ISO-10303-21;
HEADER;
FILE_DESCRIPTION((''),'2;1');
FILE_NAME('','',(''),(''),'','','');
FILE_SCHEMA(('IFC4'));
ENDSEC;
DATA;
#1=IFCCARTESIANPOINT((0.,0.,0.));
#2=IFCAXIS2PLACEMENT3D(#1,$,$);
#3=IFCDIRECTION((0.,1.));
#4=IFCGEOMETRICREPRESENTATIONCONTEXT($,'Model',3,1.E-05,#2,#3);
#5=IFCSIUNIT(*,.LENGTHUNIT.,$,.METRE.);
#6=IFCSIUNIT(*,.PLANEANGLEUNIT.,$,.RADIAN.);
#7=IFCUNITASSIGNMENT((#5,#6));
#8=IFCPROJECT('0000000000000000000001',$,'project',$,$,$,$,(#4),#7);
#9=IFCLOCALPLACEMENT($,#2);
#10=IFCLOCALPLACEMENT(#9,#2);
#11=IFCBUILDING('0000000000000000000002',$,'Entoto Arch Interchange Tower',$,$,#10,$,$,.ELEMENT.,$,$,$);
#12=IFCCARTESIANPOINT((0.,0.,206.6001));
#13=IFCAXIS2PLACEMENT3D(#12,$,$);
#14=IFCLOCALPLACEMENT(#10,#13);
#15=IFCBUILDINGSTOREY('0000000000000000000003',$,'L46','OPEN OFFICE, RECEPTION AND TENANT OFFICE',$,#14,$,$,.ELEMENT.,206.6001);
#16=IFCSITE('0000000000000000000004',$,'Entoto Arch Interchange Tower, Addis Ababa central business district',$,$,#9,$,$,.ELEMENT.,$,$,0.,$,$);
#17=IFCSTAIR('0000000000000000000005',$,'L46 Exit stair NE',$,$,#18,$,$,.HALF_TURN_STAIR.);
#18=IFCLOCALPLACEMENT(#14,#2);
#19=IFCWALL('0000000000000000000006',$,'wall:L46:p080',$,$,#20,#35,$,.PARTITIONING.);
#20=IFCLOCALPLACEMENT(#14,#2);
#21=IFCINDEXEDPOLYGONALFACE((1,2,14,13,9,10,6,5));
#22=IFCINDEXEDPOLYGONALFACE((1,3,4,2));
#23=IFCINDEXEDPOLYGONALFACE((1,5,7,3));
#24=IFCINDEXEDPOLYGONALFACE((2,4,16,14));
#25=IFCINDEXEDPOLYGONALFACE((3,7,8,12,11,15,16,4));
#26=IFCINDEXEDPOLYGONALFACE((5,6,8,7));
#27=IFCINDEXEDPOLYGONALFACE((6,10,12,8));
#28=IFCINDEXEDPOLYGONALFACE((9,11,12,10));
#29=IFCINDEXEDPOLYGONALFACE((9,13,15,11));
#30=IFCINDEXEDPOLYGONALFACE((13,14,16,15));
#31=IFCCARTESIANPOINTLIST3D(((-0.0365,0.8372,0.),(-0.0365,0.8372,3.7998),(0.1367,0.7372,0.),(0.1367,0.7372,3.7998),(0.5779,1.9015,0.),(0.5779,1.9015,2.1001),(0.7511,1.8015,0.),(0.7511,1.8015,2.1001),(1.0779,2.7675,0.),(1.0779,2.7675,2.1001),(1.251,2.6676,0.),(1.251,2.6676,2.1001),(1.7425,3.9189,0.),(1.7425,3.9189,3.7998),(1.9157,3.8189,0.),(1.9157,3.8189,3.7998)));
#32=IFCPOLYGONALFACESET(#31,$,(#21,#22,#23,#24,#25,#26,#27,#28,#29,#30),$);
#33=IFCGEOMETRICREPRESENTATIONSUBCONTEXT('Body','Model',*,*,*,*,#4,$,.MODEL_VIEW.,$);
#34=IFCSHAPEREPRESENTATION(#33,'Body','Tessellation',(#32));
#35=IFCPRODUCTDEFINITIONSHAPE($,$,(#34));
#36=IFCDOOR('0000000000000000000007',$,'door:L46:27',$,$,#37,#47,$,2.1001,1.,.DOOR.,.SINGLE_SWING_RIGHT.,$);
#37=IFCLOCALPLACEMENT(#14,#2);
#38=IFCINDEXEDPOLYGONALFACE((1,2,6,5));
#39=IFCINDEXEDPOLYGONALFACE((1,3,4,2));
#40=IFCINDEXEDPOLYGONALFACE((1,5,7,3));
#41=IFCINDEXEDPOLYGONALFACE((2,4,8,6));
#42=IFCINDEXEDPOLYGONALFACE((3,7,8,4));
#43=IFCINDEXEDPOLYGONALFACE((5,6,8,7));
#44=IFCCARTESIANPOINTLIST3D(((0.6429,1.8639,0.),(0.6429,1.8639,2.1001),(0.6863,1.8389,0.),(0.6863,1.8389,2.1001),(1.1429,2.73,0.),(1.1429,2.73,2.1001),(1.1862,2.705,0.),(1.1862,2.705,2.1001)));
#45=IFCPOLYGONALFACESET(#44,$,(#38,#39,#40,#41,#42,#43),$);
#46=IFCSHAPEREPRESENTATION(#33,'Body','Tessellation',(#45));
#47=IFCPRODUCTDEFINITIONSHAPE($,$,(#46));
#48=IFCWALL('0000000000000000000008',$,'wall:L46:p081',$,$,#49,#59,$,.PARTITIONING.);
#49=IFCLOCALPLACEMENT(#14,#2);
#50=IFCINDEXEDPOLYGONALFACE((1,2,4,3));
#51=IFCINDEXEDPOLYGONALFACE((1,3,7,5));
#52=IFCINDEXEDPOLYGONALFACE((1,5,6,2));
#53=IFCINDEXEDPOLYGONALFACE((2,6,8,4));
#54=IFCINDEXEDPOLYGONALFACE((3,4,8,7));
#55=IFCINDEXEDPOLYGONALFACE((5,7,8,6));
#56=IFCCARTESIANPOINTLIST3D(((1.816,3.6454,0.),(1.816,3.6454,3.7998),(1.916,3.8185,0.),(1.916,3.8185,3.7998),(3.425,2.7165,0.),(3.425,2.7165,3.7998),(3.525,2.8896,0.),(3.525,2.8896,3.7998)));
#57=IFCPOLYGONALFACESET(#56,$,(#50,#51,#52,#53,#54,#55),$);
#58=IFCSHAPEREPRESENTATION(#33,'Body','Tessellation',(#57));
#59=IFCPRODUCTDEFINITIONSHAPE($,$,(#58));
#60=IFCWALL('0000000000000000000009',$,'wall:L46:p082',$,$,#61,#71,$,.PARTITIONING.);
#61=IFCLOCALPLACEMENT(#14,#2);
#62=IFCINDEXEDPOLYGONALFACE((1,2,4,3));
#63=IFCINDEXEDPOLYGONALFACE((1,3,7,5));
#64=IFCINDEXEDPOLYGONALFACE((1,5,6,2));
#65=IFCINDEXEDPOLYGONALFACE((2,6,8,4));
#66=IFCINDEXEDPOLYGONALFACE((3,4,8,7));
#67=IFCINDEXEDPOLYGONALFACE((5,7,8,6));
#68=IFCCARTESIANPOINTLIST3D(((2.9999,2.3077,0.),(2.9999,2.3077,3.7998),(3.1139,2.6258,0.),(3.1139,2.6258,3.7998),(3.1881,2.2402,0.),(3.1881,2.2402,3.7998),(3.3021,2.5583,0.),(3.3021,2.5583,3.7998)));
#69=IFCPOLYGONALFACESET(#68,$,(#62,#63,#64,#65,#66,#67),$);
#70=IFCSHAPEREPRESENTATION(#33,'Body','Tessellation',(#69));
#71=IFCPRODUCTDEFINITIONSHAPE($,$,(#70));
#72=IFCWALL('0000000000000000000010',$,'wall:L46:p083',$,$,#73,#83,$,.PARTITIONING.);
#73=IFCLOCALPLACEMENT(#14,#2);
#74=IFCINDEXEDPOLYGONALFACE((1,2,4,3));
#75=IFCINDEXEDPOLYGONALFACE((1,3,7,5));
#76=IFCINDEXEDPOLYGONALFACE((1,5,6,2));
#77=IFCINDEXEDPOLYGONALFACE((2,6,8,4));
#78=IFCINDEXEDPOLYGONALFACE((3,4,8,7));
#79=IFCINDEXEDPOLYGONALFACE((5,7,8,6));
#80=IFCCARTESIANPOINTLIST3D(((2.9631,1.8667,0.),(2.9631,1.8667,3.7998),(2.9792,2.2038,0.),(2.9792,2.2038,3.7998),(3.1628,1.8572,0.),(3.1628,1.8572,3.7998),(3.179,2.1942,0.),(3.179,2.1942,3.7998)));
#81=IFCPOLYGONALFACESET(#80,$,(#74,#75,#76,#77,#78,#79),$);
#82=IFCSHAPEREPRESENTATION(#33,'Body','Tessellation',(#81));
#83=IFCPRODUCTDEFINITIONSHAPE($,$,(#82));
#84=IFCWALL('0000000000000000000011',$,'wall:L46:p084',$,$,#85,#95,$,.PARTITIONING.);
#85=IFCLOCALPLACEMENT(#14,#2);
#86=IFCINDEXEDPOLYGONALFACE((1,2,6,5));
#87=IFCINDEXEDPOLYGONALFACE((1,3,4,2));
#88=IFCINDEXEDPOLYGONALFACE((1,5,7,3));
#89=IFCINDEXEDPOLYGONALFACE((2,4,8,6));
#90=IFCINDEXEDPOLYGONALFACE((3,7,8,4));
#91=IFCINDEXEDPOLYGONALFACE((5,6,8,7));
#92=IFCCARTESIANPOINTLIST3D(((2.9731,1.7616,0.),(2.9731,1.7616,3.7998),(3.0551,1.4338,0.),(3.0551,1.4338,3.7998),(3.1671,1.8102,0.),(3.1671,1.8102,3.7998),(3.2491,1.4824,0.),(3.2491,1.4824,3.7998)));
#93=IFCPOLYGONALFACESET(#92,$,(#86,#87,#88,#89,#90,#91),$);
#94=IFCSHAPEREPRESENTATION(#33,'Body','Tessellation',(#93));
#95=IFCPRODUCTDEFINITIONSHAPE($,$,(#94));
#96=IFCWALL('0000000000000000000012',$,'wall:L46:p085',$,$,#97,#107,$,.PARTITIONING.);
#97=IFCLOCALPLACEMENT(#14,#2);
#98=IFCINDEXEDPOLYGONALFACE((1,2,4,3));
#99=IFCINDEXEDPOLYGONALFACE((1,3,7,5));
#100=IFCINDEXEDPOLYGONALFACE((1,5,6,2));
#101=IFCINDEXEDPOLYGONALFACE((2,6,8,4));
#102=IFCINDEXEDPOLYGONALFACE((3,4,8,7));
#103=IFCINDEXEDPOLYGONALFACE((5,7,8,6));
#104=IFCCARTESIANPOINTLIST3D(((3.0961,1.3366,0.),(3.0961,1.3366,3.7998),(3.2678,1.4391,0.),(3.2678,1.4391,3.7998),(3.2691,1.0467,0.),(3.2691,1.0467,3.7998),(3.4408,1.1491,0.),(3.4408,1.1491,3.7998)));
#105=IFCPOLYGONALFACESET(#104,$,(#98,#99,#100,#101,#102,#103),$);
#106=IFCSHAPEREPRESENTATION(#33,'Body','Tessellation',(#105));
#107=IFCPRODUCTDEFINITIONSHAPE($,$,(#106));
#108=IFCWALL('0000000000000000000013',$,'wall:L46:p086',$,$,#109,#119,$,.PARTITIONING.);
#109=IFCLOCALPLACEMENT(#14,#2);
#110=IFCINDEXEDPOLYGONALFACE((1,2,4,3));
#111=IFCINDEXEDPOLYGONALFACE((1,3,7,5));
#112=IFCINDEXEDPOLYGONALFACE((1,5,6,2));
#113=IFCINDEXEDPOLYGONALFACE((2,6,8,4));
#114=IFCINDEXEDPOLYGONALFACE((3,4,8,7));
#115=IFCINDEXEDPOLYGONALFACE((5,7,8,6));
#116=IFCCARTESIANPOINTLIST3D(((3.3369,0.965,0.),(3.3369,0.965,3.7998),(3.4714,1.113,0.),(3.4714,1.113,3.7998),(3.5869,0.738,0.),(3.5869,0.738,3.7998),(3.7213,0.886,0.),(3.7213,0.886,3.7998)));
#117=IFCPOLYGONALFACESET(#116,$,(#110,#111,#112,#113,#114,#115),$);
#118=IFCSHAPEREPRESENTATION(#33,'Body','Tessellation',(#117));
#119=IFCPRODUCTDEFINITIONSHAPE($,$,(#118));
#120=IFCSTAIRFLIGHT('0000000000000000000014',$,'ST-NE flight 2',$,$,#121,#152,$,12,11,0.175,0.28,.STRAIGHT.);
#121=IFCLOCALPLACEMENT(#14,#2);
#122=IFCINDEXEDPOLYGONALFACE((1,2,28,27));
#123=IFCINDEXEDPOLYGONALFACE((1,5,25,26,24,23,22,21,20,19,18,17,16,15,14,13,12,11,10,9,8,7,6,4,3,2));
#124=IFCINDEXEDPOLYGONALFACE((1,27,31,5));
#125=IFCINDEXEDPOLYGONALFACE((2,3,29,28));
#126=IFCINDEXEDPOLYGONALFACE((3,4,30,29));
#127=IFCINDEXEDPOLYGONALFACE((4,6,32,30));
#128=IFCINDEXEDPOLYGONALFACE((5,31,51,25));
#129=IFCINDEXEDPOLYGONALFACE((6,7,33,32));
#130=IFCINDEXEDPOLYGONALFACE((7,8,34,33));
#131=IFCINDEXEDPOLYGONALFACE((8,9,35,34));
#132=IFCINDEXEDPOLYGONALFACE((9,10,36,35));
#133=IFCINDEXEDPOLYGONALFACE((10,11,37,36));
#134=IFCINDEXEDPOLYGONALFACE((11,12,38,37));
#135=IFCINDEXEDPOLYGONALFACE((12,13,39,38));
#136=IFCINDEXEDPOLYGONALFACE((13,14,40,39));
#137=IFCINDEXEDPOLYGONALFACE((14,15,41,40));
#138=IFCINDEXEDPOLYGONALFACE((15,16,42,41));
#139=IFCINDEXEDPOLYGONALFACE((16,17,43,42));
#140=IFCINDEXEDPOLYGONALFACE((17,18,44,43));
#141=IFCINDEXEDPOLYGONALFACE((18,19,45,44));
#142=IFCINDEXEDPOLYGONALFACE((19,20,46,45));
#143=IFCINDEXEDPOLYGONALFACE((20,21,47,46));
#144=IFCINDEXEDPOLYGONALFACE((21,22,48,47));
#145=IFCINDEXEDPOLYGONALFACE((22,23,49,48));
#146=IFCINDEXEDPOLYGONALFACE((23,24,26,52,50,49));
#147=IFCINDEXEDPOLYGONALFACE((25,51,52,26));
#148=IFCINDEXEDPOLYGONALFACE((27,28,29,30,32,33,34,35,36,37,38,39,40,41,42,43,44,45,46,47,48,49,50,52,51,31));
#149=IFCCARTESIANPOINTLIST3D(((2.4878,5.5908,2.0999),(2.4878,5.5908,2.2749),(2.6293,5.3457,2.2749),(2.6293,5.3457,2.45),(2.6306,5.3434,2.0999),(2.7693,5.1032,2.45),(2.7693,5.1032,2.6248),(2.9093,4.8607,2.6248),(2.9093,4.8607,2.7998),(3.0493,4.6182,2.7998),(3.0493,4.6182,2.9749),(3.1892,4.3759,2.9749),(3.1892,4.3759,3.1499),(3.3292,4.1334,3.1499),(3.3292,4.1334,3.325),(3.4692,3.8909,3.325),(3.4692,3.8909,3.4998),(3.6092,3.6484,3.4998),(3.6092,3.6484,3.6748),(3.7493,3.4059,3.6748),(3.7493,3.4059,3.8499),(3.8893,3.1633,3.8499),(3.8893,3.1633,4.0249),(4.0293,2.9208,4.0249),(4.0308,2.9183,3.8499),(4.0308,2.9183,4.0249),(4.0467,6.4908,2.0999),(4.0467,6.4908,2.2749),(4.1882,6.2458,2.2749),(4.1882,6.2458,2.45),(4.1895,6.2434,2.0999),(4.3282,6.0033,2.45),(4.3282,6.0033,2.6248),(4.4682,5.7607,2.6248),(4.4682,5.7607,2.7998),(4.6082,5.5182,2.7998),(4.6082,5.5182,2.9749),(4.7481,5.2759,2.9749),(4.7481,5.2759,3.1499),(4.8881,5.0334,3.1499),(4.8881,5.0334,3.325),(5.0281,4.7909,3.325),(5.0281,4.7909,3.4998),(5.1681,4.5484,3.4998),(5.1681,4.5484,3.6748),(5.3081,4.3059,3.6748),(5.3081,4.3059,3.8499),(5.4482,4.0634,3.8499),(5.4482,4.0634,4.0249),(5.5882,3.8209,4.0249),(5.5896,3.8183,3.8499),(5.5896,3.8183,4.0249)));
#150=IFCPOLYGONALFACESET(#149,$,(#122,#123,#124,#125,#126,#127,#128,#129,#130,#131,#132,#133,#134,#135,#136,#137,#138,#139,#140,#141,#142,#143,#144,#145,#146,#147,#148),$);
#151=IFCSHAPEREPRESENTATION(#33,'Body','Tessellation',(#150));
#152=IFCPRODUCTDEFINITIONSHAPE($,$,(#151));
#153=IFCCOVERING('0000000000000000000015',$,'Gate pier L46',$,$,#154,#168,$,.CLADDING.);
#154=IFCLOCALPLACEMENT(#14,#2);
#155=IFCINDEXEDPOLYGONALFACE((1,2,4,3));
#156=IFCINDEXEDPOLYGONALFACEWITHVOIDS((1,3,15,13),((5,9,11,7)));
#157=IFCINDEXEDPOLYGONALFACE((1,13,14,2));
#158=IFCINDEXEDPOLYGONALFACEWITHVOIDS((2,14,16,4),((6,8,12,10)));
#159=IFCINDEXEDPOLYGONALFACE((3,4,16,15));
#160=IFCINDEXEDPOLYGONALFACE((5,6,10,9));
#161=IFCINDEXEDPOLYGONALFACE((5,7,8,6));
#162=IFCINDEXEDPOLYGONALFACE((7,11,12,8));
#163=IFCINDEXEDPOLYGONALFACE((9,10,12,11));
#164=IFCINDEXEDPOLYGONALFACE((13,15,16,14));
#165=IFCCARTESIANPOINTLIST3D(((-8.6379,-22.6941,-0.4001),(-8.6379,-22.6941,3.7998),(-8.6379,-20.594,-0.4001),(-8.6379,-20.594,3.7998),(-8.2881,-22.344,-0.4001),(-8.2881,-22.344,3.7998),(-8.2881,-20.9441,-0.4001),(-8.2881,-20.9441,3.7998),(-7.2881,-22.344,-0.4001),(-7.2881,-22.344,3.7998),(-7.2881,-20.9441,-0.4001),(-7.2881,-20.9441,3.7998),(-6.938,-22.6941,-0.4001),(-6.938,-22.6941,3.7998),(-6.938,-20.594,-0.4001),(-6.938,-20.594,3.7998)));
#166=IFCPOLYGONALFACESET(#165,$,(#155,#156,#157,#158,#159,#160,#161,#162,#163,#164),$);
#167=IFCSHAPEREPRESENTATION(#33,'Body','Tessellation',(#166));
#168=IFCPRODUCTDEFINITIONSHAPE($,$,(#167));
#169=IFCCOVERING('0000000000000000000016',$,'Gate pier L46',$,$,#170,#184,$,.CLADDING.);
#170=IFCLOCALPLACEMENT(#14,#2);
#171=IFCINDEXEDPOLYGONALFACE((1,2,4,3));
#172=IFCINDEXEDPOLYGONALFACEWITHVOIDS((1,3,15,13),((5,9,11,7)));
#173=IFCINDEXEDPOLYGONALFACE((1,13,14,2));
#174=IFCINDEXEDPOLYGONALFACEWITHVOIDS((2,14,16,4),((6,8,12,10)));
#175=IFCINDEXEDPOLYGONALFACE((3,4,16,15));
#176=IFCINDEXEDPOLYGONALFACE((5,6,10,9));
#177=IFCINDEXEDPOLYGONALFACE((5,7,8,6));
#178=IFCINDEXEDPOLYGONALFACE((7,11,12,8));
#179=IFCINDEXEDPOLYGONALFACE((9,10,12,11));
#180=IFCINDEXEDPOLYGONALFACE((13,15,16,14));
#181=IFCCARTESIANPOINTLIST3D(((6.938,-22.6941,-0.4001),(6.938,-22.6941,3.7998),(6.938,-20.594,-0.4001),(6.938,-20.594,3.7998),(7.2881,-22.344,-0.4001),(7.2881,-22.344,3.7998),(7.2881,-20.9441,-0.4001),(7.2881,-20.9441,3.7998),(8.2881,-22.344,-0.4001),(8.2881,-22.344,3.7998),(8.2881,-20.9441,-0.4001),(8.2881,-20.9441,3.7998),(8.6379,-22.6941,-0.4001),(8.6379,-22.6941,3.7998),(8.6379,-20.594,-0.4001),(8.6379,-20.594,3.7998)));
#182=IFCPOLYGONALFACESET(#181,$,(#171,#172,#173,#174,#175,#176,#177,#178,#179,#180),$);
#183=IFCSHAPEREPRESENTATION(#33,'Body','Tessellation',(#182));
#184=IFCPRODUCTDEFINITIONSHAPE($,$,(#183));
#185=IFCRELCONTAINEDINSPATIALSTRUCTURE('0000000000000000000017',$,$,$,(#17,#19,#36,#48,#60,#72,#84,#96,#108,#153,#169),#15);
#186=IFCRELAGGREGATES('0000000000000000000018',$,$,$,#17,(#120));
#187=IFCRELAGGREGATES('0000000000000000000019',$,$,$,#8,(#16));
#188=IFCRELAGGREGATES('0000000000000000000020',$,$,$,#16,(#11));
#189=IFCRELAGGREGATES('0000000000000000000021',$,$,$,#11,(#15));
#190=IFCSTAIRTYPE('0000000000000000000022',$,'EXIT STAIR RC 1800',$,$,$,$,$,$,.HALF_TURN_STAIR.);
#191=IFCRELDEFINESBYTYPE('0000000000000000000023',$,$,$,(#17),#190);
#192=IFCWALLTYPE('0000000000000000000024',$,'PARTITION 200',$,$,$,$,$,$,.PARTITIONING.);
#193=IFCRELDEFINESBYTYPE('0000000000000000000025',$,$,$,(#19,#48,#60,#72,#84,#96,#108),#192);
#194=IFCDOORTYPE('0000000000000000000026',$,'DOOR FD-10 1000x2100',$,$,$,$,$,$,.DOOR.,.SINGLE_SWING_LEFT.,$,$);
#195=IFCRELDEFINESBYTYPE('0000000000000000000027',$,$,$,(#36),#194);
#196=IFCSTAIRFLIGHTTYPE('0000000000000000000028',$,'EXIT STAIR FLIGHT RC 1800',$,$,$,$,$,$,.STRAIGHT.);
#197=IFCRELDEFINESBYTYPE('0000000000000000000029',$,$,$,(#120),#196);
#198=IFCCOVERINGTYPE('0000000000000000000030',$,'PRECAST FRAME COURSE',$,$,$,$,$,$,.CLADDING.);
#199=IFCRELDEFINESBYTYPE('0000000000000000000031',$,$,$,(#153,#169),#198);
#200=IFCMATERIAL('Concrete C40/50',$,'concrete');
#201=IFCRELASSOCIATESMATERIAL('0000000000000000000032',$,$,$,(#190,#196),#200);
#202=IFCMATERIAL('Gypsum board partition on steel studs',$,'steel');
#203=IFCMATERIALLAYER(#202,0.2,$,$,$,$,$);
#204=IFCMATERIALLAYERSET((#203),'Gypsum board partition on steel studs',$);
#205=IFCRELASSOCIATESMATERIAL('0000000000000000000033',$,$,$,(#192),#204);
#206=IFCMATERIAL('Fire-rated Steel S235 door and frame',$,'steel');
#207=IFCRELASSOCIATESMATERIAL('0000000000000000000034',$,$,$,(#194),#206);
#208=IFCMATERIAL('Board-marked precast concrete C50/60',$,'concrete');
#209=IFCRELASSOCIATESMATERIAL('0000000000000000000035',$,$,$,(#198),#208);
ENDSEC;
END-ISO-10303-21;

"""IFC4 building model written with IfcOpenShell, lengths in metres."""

from ifc_helpers import new_model, si_unit, direction, frame, frame_2d, origin, place, context, subcontext, project, spatial, polyline, rectangle, outline, extrude, material, layer, layer_set, type_object, element, fill, aggregate, save


model = new_model("IFC4")

# Units and contexts
model_context = context("Model", 3, precision=1e-05, world=origin(), true_north=direction((0.0, 1.0)))
body_context = subcontext(model_context, "Body", "Model", "MODEL_VIEW")
ifc_project = project(units=[si_unit("LENGTHUNIT", "METRE"), si_unit("PLANEANGLEUNIT", "RADIAN")], contexts=[model_context])

# Site, building, storey
site_placement = place(None, origin())
site = spatial("IfcSite", under=ifc_project, at=site_placement, Name="Entoto Arch Interchange Tower, Addis Ababa central business district", CompositionType="ELEMENT", RefElevation=0.0)
building_placement = place(site_placement, origin())
building = spatial("IfcBuilding", under=site, at=building_placement, Name="Entoto Arch Interchange Tower", CompositionType="ELEMENT")
storey_placement = place(building_placement, frame((0.0, 0.0, 206.6001)))
storey = spatial("IfcBuildingStorey", under=building, at=storey_placement, Name="L46", Description="OPEN OFFICE, RECEPTION AND TENANT OFFICE", CompositionType="ELEMENT", Elevation=206.6001)

# Shared definitions
ifc_material_1 = material(Name="Board-marked precast concrete C50/60", Category="concrete")
ifc_material_2 = material(Name="Concrete C40/50", Category="concrete")

# Stair
stair_type = type_object("IfcStairType", Name="EXIT STAIR RC 1800", PredefinedType="HALF_TURN_STAIR", material=ifc_material_2)
stair_1_placement = place(storey_placement, origin())
stair_1 = element("IfcStair", 1, at=stair_1_placement, inside=storey, type_object=stair_type, Name="L46 Exit stair NE", PredefinedType="HALF_TURN_STAIR")

# Wall, opening, door
ifc_material_3 = material(Name="Gypsum board partition on steel studs", Category="steel")
ifc_layer_1 = layer(ifc_material_3, 0.2)
ifc_layer_set_1 = layer_set([ifc_layer_1], Name="Gypsum board partition on steel studs")
wall_type_1 = type_object("IfcWallType", Name="PARTITION 200", PredefinedType="PARTITIONING", material=ifc_layer_set_1)
wall_1_placement = place(storey_placement, frame((0.05, 0.7871, 0.0), z_axis=(0.0, 0.0, 1.0), x_axis=(0.499954, 0.866052, 0.0)))
wall_1 = element("IfcWall", 2, at=wall_1_placement, inside=storey, type_object=wall_type_1, Name="wall:L46:p080", PredefinedType="PARTITIONING", context=body_context, shape_type="SweptSolid", body=[
    extrude(rectangle(XDim=3.5583, YDim=0.2, at=frame_2d((1.7793, 0.0))), origin(), (0.0, 0.0, 1.0), 3.7998),
])
opening_placement = place(wall_1_placement, frame((1.229, 0.0, 0.0)))
opening = element("IfcOpeningElement", 3, at=opening_placement, cuts=wall_1, PredefinedType="OPENING", context=body_context, shape_type="SweptSolid", body=[
    extrude(rectangle(XDim=1.0, YDim=2.1001, at=frame_2d((0.5, 1.05))), frame((0.0, 0.1099, 0.0), z_axis=(0.0, -1.0, 0.0), x_axis=(1.0, 0.0, 0.0)), (0.0, 0.0, 1.0), 0.22),
])
ifc_material_4 = material(Name="Fire-rated Steel S235 door and frame", Category="steel")
door_type = type_object("IfcDoorType", Name="DOOR FD-10 1000x2100", OperationType="SINGLE_SWING_LEFT", PredefinedType="DOOR", material=ifc_material_4)
door_placement = place(opening_placement, origin())
door = element("IfcDoor", 4, at=door_placement, inside=storey, type_object=door_type, Name="door:L46:27", OperationType="SINGLE_SWING_RIGHT", OverallHeight=2.1001, OverallWidth=1.0, PredefinedType="DOOR", context=body_context, shape_type="SweptSolid", body=[
    extrude(rectangle(XDim=1.0, YDim=2.1001, at=frame_2d((0.5, 1.05))), frame((0.0, 0.0249, 0.0), z_axis=(0.0, -1.0, 0.0), x_axis=(1.0, 0.0, 0.0)), (0.0, 0.0, 1.0), 0.05),
])
fill(opening, door)

# Walls
wall_2_placement = place(storey_placement, frame((1.866, 3.7319, 0.0), z_axis=(0.0, 0.0, 1.0), x_axis=(0.866043, -0.499969, 0.0)))
element("IfcWall", 5, at=wall_2_placement, inside=storey, type_object=wall_type_1, Name="wall:L46:p081", PredefinedType="PARTITIONING", context=body_context, shape_type="SweptSolid", body=[
    extrude(rectangle(XDim=1.8579, YDim=0.2, at=frame_2d((0.929, 0.0))), origin(), (0.0, 0.0, 1.0), 3.7998),
])
wall_3_placement = place(storey_placement, frame((3.208, 2.592, 0.0), z_axis=(0.0, 0.0, 1.0), x_axis=(-0.337389, -0.941365, 0.0)))
element("IfcWall", 6, at=wall_3_placement, inside=storey, type_object=wall_type_1, Name="wall:L46:p082", PredefinedType="PARTITIONING", context=body_context, shape_type="SweptSolid", body=[
    extrude(rectangle(XDim=0.3379, YDim=0.2, at=frame_2d((0.1689, 0.0))), origin(), (0.0, 0.0, 1.0), 3.7998),
])
wall_4_placement = place(storey_placement, frame((3.0791, 2.199, 0.0), z_axis=(0.0, 0.0, 1.0), x_axis=(-0.047771, -0.998858, 0.0)))
element("IfcWall", 7, at=wall_4_placement, inside=storey, type_object=wall_type_1, Name="wall:L46:p083", PredefinedType="PARTITIONING", context=body_context, shape_type="SweptSolid", body=[
    extrude(rectangle(XDim=0.3374, YDim=0.2, at=frame_2d((0.1687, 0.0))), origin(), (0.0, 0.0, 1.0), 3.7998),
])
wall_5_placement = place(storey_placement, frame((3.0701, 1.7859, 0.0), z_axis=(0.0, 0.0, 1.0), x_axis=(0.242706, -0.9701, 0.0)))
element("IfcWall", 8, at=wall_5_placement, inside=storey, type_object=wall_type_1, Name="wall:L46:p084", PredefinedType="PARTITIONING", context=body_context, shape_type="SweptSolid", body=[
    extrude(rectangle(XDim=0.3379, YDim=0.2, at=frame_2d((0.1689, 0.0))), origin(), (0.0, 0.0, 1.0), 3.7998),
])
for number, where, z_axis, x_axis, name in (
    (9, (3.1819, 1.3879, 0.0), (0.0, 0.0, 1.0), (0.512475, -0.858702, 0.0), "wall:L46:p085"),
    (10, (3.4041, 1.0391, 0.0), (0.0, 0.0, 1.0), (0.740267, -0.672313, 0.0), "wall:L46:p086"),
):
    element("IfcWall", number, at=place(storey_placement, frame(where, z_axis=z_axis, x_axis=x_axis)), inside=storey, type_object=wall_type_1, Name=name, PredefinedType="PARTITIONING", context=body_context, shape_type="SweptSolid", body=[
        extrude(rectangle(XDim=0.3376, YDim=0.2, at=frame_2d((0.1689, 0.0))), origin(), (0.0, 0.0, 1.0), 3.7998),
    ])

# Stair flight
stair_flight_type = type_object("IfcStairFlightType", Name="EXIT STAIR FLIGHT RC 1800", PredefinedType="STRAIGHT", material=ifc_material_2)
stair_flight_placement = place(storey_placement, frame((3.2688, 6.0383, 2.0999), z_axis=(0.0, 0.0, 1.0), x_axis=(0.5, -0.866025, 0.0)))
stair_flight = element("IfcStairFlight", 11, at=stair_flight_placement, type_object=stair_flight_type, Name="ST-NE flight 2", NumberOfRisers=12, NumberOfTreads=11, PredefinedType="STRAIGHT", RiserHeight=0.175, TreadLength=0.28, context=body_context, shape_type="SweptSolid", body=[
    extrude(outline(polyline([(-0.0029, 0.0), (-0.0029, 0.175), (0.28, 0.175), (0.28, 0.3501), (0.5601, 0.3501), (0.5601, 0.5249), (0.8401, 0.5249), (0.8401, 0.7), (1.1201, 0.7), (1.1201, 0.875), (1.3999, 0.875), (1.3999, 1.05), (1.6799, 1.05), (1.6799, 1.2251), (1.96, 1.2251), (1.96, 1.3999), (2.24, 1.3999), (2.24, 1.575), (2.52, 1.575), (2.52, 1.75), (2.8, 1.75), (2.8, 1.925), (3.0801, 1.925), (3.083, 1.925), (3.083, 1.75), (0.2827, 0.0), (-0.0029, 0.0)])), frame((0.0, 0.8999, 0.0), z_axis=(0.0, -1.0, 0.0), x_axis=(1.0, 0.0, 0.0)), (0.0, 0.0, 1.0), 1.8),
])
aggregate(stair_1, [stair_flight])

# Coverings
covering_type = type_object("IfcCoveringType", Name="PRECAST FRAME COURSE", PredefinedType="CLADDING", material=ifc_material_1)
covering_1_placement = place(storey_placement, frame((0.0, 0.0, -0.4001)))
element("IfcCovering", 12, at=covering_1_placement, inside=storey, type_object=covering_type, Name="Gate pier L46", PredefinedType="CLADDING", context=body_context, shape_type="SweptSolid", body=[
    extrude(outline(polyline([(-8.6379, -20.594), (-6.938, -20.594), (-6.938, -22.6941), (-8.6379, -22.6941), (-8.6379, -20.594)]), holes=[polyline([(-8.2881, -20.9441), (-8.2881, -22.344), (-7.2881, -22.344), (-7.2881, -20.9441), (-8.2881, -20.9441)])]), origin(), (0.0, 0.0, 1.0), 4.2),
])
covering_2_placement = place(storey_placement, frame((0.0, 0.0, -0.4001)))
element("IfcCovering", 13, at=covering_2_placement, inside=storey, type_object=covering_type, Name="Gate pier L46", PredefinedType="CLADDING", context=body_context, shape_type="SweptSolid", body=[
    extrude(outline(polyline([(6.938, -20.594), (8.6379, -20.594), (8.6379, -22.6941), (6.938, -22.6941), (6.938, -20.594)]), holes=[polyline([(7.2881, -20.9441), (7.2881, -22.344), (8.2881, -22.344), (8.2881, -20.9441), (7.2881, -20.9441)])]), origin(), (0.0, 0.0, 1.0), 4.2),
])

save(model, "model.ifc")
